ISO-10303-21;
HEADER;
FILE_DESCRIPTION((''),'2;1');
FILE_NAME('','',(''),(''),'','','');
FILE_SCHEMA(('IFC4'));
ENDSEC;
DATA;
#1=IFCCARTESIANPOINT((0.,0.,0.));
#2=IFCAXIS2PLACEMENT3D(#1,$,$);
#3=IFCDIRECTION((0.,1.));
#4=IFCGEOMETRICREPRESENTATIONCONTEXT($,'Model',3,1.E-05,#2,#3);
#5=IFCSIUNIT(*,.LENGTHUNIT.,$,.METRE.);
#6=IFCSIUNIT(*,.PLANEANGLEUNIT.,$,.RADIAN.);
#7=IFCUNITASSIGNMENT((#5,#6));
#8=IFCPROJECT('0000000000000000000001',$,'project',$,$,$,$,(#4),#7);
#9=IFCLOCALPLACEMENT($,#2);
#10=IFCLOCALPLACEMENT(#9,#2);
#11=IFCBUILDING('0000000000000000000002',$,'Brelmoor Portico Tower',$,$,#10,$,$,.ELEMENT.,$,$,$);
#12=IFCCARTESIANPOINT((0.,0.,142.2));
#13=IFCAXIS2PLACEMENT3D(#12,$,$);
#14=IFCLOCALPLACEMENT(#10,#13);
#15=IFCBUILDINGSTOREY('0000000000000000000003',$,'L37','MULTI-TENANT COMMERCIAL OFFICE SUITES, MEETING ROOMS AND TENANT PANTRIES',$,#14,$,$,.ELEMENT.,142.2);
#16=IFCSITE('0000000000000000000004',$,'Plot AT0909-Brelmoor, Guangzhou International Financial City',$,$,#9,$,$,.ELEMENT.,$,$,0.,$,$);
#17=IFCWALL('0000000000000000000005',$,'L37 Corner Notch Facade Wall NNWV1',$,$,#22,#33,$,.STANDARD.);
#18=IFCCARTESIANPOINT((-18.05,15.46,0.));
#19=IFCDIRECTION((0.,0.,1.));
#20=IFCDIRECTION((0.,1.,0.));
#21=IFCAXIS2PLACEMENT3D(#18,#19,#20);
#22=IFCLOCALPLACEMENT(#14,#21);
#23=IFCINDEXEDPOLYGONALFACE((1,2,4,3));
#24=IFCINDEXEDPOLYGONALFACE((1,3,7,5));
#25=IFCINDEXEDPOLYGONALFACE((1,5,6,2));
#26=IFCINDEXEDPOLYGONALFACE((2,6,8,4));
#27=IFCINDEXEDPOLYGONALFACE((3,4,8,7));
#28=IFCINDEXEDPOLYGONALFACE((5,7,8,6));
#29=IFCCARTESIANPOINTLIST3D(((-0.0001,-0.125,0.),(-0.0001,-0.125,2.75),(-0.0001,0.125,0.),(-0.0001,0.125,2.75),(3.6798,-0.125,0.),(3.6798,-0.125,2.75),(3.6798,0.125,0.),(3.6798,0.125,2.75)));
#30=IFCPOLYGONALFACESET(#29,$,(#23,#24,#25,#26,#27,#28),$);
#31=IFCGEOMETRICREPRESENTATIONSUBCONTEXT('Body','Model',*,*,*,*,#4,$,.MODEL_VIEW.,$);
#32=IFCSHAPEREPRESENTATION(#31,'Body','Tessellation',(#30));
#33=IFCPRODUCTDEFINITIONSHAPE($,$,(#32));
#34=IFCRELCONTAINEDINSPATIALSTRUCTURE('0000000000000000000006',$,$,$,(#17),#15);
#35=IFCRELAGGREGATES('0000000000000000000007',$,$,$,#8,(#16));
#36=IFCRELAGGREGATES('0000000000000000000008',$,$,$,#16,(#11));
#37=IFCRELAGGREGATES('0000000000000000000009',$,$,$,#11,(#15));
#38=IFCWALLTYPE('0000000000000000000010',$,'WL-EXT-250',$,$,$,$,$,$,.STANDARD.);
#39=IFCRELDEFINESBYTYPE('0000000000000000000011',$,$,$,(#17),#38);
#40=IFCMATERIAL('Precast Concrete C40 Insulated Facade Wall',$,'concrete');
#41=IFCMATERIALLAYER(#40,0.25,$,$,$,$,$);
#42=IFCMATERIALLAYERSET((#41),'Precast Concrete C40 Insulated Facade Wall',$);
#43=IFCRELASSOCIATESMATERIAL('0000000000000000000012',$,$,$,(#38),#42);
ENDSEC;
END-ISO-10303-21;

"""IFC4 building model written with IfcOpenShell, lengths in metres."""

from ifc_helpers import new_model, si_unit, direction, frame, frame_2d, origin, place, context, subcontext, project, spatial, rectangle, extrude, material, layer, layer_set, type_object, element, save


model = new_model("IFC4")

# Units and contexts
model_context = context("Model", 3, precision=1e-05, world=origin(), true_north=direction((0.0, 1.0)))
body_context = subcontext(model_context, "Body", "Model", "MODEL_VIEW")
ifc_project = project(units=[si_unit("LENGTHUNIT", "METRE"), si_unit("PLANEANGLEUNIT", "RADIAN")], contexts=[model_context])

# Site, building, storey
site_placement = place(None, origin())
site = spatial("IfcSite", under=ifc_project, at=site_placement, Name="Plot AT0909-Brelmoor, Guangzhou International Financial City", CompositionType="ELEMENT", RefElevation=0.0)
building_placement = place(site_placement, origin())
building = spatial("IfcBuilding", under=site, at=building_placement, Name="Brelmoor Portico Tower", CompositionType="ELEMENT")
storey_placement = place(building_placement, frame((0.0, 0.0, 142.2)))
storey = spatial("IfcBuildingStorey", under=building, at=storey_placement, Name="L37", Description="MULTI-TENANT COMMERCIAL OFFICE SUITES, MEETING ROOMS AND TENANT PANTRIES", CompositionType="ELEMENT", Elevation=142.2)

# Wall
ifc_material_1 = material(Name="Precast Concrete C40 Insulated Facade Wall", Category="concrete")
ifc_layer_1 = layer(ifc_material_1, 0.25)
ifc_layer_set_1 = layer_set([ifc_layer_1], Name="Precast Concrete C40 Insulated Facade Wall")
wall_type_1 = type_object("IfcWallType", Name="WL-EXT-250", PredefinedType="STANDARD", material=ifc_layer_set_1)
for number, where, z_axis, x_axis, name in (
    (1, (-18.05, 15.46, 0.0), (0.0, 0.0, 1.0), (0.0, 1.0, 0.0), "L37 Corner Notch Facade Wall NNWV1"),
):
    element("IfcWall", number, at=place(storey_placement, frame(where, z_axis=z_axis, x_axis=x_axis)), inside=storey, type_object=wall_type_1, Name=name, PredefinedType="STANDARD", context=body_context, shape_type="SweptSolid", body=[
        extrude(rectangle(XDim=3.6799, YDim=0.25, at=frame_2d((1.8398, 0.0))), origin(), (0.0, 0.0, 1.0), 2.75),
    ])

save(model, "model.ifc")
